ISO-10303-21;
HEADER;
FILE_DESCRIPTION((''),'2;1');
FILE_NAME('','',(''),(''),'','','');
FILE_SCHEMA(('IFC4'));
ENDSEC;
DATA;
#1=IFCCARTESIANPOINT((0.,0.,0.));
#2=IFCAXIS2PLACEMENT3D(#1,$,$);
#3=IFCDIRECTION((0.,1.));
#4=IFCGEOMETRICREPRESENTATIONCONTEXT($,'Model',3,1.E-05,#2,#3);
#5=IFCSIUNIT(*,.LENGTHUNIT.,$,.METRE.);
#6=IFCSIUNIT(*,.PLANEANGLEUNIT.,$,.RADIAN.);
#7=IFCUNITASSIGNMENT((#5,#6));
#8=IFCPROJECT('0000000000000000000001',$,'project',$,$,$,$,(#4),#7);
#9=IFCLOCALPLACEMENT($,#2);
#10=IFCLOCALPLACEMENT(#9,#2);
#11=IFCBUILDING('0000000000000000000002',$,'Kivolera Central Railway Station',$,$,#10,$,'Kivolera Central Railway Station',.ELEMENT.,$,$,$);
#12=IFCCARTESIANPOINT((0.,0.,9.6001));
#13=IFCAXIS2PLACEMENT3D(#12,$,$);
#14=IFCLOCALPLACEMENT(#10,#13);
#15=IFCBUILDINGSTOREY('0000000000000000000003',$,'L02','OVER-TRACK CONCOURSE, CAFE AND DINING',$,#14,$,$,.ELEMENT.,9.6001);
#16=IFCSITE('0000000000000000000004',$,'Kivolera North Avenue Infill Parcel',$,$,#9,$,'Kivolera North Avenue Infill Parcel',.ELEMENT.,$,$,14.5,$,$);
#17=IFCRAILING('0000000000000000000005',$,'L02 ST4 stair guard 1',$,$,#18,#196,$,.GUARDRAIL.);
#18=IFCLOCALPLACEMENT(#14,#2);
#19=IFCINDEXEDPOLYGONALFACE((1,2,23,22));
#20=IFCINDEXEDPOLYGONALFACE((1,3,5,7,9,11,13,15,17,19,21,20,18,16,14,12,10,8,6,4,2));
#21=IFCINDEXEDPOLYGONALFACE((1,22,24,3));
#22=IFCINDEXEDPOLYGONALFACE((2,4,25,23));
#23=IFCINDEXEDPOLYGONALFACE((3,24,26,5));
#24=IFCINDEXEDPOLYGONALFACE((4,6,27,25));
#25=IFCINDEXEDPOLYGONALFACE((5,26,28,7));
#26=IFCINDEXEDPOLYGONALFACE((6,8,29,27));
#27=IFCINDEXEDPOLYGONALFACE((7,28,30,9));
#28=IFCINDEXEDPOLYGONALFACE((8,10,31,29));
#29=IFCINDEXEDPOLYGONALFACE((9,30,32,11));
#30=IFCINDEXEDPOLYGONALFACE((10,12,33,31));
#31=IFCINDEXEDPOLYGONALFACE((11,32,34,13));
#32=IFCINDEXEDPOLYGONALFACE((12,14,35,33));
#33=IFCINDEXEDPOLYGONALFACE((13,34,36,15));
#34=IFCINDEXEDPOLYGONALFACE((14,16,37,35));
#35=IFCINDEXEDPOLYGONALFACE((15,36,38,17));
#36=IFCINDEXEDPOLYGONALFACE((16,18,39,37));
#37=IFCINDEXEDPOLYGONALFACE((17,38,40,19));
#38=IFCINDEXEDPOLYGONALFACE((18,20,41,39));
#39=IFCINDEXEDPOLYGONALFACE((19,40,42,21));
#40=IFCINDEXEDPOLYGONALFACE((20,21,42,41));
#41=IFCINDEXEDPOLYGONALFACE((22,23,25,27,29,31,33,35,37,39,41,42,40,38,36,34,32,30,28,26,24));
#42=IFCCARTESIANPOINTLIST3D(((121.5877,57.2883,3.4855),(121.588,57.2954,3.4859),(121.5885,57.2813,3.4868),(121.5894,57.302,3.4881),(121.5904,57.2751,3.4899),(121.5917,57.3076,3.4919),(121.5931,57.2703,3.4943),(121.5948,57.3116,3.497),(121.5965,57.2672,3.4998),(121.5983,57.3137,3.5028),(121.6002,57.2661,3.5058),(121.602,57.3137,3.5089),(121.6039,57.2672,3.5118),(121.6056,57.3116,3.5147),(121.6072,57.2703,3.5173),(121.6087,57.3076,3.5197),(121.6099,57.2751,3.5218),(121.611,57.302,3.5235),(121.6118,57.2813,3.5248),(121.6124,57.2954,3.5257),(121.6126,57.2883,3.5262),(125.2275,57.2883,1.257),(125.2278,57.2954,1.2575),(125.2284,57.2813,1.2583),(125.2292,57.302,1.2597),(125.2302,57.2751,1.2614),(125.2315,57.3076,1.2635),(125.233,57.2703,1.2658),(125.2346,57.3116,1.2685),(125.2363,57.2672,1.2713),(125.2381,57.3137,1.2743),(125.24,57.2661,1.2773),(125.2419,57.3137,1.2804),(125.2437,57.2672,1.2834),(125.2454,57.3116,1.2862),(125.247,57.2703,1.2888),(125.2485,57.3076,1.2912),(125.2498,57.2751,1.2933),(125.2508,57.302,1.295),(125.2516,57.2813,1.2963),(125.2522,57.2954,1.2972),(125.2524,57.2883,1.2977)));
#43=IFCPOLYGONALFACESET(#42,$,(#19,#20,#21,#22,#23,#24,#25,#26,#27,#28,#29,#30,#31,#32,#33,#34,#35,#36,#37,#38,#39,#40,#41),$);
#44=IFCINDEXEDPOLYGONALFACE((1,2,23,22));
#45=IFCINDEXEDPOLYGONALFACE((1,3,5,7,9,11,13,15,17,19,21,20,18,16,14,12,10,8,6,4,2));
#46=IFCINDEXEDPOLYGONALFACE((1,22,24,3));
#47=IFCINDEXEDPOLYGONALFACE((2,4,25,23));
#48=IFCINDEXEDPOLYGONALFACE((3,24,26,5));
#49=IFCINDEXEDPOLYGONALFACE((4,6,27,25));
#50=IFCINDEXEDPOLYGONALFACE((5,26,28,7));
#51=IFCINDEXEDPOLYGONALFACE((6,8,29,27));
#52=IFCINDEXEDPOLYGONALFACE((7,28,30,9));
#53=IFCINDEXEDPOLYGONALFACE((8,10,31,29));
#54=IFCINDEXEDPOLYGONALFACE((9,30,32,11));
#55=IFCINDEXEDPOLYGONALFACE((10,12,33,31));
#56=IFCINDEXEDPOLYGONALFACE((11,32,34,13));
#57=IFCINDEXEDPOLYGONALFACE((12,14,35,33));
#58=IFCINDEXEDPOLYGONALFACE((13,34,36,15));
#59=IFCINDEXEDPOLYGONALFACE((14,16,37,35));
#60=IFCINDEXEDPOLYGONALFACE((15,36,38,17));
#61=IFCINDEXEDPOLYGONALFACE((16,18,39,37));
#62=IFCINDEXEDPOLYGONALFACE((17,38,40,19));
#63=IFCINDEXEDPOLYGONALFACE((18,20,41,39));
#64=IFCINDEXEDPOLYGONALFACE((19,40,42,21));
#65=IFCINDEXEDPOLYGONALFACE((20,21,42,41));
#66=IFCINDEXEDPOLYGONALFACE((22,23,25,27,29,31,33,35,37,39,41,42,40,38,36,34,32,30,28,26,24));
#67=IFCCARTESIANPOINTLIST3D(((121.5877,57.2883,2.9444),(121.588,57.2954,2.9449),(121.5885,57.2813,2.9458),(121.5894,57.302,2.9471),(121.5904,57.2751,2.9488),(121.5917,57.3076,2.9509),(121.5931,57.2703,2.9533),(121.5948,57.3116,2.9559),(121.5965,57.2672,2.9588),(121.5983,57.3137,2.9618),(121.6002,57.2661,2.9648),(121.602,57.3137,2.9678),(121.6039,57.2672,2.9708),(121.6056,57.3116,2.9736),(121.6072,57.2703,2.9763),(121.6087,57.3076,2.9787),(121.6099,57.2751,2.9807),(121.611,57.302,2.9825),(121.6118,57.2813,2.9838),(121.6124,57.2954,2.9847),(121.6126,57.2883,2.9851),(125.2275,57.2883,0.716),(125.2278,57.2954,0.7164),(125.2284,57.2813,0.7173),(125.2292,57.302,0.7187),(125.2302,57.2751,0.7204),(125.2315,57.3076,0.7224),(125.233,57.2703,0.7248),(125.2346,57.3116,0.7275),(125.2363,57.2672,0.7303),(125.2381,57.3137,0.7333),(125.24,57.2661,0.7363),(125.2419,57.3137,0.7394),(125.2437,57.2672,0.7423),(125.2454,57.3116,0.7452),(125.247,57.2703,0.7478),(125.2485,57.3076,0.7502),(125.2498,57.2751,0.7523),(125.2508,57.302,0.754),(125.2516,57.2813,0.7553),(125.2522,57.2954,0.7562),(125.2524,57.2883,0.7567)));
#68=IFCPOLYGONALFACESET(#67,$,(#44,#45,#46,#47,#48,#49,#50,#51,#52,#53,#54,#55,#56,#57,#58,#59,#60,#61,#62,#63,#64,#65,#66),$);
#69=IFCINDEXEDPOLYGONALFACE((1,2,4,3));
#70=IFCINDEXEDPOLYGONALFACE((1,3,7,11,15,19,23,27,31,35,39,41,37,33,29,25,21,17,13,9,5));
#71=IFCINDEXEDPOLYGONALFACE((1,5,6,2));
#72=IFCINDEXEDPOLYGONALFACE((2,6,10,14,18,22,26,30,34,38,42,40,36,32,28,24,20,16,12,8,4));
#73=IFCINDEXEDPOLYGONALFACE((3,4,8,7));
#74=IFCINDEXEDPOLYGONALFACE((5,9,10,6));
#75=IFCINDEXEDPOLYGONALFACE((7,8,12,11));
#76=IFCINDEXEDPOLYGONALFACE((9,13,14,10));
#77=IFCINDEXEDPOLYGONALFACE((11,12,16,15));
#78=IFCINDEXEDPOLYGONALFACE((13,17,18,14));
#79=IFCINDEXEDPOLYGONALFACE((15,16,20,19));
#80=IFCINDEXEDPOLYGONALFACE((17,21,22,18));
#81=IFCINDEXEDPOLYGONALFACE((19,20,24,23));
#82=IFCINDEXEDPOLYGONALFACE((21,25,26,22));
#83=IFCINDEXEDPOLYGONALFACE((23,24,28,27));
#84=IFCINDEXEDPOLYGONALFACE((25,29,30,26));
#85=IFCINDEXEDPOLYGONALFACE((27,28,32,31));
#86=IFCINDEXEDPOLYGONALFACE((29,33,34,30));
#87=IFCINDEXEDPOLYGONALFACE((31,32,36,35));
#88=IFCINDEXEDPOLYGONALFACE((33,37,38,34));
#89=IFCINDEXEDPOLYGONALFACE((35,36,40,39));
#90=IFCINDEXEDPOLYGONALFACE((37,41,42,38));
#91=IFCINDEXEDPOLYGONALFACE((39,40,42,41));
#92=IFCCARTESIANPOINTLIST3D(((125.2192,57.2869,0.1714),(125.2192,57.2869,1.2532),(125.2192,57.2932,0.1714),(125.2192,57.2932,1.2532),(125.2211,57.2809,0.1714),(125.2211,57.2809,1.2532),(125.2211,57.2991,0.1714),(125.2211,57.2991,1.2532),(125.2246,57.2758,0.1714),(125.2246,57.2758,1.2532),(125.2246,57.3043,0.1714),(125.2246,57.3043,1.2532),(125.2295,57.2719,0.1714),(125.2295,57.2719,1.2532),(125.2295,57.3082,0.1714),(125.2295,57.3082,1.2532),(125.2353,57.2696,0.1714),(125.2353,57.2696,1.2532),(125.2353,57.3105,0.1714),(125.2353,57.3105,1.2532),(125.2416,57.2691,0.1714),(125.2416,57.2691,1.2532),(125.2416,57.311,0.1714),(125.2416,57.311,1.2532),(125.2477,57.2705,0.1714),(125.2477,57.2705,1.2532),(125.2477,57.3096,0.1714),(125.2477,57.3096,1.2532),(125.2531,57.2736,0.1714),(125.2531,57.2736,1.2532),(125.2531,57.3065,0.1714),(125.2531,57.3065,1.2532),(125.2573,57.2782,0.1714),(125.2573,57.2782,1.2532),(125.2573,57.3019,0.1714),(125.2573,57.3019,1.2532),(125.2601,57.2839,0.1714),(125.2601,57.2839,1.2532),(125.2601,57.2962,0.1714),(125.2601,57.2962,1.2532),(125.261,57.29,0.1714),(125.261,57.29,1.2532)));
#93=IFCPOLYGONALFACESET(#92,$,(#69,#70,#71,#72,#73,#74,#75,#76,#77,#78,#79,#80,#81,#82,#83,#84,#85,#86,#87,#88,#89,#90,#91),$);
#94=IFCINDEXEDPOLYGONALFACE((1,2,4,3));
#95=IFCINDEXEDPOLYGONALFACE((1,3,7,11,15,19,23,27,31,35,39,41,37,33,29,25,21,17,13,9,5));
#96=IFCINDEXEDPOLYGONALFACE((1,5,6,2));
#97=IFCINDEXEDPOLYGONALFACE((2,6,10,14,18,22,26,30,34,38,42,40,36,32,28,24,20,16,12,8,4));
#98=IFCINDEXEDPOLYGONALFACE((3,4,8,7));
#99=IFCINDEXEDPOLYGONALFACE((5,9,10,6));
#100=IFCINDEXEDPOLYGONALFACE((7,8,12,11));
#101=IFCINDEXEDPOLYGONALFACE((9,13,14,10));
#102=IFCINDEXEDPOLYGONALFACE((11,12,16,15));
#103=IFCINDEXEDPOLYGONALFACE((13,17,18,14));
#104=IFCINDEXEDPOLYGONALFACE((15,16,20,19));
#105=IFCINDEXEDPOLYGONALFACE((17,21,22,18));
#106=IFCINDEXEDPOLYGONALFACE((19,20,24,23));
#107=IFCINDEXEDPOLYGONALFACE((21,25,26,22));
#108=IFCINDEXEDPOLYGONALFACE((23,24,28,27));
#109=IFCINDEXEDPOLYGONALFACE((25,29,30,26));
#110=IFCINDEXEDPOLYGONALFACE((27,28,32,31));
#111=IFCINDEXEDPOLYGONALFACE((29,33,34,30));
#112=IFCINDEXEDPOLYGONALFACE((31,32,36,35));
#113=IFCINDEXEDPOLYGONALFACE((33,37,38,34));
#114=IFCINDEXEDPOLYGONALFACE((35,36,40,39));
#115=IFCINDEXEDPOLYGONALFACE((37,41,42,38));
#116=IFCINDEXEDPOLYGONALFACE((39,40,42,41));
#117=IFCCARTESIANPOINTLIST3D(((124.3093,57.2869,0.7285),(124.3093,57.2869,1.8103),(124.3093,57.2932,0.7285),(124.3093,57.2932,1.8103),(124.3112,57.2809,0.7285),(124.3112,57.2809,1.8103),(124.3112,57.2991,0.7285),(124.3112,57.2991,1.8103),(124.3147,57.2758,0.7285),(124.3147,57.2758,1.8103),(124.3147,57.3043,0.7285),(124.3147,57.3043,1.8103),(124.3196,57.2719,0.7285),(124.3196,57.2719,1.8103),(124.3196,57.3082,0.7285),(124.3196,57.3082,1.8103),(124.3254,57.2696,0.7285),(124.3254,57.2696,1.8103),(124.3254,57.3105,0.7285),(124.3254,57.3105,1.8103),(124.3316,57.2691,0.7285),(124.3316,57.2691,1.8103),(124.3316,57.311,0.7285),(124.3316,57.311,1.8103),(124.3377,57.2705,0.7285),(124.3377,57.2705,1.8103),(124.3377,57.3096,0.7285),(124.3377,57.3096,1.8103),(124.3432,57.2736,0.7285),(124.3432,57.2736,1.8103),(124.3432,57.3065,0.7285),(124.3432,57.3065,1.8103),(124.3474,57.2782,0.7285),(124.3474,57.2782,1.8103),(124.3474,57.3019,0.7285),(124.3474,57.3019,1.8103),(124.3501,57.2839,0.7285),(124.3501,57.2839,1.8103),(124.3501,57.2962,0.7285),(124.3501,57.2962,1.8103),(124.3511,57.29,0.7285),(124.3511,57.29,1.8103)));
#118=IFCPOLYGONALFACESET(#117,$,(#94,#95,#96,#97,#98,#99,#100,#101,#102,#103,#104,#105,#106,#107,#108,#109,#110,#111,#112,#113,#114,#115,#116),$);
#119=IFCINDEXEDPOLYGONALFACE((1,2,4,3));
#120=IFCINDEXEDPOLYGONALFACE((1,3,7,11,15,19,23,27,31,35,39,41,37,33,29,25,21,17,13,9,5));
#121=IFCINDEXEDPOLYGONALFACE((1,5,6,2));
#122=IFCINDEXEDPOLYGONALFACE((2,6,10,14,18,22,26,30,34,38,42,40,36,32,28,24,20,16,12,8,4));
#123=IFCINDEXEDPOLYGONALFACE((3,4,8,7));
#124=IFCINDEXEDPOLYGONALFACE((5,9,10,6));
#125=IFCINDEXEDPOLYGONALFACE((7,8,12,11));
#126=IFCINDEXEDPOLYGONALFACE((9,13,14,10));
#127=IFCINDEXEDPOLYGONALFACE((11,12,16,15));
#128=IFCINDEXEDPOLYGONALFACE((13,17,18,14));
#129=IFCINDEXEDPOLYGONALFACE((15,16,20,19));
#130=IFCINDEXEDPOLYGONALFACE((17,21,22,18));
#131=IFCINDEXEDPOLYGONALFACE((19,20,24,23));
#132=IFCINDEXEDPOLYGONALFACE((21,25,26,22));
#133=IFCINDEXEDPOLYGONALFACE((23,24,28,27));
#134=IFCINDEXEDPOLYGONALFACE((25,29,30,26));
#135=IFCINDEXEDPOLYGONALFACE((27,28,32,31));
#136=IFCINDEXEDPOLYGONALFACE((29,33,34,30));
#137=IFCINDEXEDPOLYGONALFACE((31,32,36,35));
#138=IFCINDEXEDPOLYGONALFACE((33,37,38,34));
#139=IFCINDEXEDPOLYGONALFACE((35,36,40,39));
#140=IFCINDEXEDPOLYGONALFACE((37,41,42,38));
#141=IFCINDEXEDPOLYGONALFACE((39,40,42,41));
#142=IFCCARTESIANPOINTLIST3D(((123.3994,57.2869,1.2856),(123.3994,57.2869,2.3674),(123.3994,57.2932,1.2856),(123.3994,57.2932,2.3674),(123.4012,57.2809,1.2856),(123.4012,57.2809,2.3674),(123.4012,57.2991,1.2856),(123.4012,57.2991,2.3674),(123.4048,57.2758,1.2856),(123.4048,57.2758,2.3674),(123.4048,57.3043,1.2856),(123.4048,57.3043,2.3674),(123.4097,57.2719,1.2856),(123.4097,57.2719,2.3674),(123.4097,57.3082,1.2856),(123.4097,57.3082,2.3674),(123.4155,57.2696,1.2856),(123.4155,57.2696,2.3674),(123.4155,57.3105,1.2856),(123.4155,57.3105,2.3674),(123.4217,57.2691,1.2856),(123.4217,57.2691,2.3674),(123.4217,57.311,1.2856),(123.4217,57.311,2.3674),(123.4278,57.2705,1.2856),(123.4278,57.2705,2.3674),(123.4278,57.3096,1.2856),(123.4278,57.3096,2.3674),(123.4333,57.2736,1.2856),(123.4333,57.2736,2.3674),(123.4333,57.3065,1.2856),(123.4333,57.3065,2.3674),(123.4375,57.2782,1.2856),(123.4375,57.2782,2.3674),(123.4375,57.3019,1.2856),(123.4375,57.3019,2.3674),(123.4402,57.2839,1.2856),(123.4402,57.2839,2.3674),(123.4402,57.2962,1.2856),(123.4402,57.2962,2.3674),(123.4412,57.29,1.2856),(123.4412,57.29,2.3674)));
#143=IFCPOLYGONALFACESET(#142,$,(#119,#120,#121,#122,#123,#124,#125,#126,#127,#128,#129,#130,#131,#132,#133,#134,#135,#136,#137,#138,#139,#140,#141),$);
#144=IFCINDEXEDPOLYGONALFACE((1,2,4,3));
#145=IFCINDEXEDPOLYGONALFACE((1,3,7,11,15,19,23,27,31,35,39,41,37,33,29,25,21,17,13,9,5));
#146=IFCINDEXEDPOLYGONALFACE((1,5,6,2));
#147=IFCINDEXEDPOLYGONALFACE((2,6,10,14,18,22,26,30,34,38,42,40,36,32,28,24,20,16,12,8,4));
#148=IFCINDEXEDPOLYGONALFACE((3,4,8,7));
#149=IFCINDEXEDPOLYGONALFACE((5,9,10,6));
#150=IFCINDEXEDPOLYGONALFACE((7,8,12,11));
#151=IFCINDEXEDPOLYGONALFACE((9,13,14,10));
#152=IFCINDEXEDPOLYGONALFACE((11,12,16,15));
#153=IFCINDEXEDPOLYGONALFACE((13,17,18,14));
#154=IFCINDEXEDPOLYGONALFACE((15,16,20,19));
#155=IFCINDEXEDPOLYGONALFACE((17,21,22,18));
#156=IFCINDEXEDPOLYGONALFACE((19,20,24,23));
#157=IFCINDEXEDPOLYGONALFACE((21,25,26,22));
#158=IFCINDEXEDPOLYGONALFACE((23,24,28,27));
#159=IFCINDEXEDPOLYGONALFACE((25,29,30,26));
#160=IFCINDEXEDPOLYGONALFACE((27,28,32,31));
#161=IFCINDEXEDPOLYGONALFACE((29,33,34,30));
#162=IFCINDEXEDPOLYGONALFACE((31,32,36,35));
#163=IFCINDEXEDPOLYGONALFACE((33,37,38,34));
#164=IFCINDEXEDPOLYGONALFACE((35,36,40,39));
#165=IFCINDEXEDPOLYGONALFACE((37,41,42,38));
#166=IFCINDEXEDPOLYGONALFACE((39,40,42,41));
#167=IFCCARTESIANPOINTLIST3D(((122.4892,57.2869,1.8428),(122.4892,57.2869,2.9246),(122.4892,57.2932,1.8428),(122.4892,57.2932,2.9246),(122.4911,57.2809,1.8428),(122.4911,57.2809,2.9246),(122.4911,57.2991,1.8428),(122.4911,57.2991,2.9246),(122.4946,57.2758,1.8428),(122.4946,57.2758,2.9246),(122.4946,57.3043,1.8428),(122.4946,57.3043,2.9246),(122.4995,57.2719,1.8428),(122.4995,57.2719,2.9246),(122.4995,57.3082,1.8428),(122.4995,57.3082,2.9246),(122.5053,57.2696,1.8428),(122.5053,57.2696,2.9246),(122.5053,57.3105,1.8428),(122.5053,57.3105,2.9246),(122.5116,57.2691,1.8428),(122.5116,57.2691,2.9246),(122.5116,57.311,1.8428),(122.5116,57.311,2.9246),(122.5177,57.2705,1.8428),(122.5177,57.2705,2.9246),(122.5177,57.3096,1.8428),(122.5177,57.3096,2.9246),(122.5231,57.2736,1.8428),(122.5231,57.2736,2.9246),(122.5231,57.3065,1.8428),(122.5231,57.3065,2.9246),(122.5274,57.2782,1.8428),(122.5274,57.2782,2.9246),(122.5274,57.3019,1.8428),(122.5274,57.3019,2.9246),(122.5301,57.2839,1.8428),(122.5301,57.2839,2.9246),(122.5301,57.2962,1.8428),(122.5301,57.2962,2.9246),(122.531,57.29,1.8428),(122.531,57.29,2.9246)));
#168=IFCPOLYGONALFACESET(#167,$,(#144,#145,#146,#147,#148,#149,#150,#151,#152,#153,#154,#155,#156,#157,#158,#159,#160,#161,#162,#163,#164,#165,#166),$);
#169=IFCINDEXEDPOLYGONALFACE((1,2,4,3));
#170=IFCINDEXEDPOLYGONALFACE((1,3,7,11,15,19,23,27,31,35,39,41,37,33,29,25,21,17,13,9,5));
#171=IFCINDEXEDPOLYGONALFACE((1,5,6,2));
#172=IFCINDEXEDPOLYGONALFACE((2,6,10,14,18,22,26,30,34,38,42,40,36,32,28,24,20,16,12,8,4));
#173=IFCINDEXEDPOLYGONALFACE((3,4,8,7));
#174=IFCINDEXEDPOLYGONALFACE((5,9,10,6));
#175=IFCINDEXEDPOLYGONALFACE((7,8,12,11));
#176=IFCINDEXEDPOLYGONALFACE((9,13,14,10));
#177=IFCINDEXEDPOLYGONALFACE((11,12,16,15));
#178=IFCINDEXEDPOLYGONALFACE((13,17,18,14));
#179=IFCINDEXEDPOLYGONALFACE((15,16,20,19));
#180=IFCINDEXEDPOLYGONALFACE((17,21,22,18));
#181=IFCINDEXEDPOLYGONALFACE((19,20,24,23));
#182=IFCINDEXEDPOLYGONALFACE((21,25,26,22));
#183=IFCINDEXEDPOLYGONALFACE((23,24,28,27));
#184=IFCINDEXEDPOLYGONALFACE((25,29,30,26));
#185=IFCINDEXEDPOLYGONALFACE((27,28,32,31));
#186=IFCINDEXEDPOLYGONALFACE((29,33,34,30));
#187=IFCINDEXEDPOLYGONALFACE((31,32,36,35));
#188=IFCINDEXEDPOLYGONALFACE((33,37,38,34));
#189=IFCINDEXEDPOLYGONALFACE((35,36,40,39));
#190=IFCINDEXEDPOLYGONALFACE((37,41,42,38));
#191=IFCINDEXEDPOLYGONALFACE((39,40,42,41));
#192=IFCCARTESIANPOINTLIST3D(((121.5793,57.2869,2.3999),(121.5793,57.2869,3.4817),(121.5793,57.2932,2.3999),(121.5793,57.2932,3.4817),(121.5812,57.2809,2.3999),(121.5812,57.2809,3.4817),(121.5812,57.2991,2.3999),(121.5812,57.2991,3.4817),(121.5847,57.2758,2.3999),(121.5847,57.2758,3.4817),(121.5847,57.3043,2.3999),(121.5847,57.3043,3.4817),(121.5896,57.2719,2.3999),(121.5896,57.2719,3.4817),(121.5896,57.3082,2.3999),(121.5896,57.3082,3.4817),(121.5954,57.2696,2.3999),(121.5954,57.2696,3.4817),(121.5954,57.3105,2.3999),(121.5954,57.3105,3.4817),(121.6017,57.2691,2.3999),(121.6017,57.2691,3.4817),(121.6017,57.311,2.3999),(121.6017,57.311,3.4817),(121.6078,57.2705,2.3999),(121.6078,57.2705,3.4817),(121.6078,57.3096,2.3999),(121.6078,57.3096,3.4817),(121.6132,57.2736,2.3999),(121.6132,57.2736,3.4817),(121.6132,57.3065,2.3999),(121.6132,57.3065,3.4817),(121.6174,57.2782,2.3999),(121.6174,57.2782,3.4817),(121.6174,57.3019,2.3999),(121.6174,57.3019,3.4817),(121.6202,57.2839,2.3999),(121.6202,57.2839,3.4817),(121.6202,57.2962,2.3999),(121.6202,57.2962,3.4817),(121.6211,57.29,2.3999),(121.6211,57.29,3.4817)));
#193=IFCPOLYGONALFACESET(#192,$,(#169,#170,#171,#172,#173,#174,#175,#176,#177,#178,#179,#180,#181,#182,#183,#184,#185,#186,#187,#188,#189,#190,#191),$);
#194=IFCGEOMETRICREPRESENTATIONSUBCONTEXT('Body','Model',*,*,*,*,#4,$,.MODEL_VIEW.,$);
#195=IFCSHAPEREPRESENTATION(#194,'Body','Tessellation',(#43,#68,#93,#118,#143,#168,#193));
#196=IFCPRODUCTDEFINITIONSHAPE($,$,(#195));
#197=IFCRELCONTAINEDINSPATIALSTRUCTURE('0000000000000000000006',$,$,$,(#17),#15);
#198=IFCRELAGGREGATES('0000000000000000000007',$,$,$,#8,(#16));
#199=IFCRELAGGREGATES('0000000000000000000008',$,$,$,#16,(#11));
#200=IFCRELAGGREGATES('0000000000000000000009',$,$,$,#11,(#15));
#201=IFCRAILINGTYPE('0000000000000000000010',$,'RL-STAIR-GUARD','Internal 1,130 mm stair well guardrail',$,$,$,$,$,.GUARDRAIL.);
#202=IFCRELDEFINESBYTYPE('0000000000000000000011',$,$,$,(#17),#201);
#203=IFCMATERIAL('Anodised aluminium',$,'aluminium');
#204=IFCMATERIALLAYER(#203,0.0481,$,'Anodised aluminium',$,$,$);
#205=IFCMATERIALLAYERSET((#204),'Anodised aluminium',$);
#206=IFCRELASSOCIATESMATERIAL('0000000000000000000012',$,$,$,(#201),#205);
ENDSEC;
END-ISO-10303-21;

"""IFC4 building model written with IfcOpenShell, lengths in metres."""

from ifc_helpers import new_model, si_unit, direction, frame, origin, origin_2d, place, context, subcontext, project, spatial, circle, extrude, material, layer, layer_set, type_object, element, save


model = new_model("IFC4")

# Units and contexts
model_context = context("Model", 3, precision=1e-05, world=origin(), true_north=direction((0.0, 1.0)))
body_context = subcontext(model_context, "Body", "Model", "MODEL_VIEW")
ifc_project = project(units=[si_unit("LENGTHUNIT", "METRE"), si_unit("PLANEANGLEUNIT", "RADIAN")], contexts=[model_context])

# Site, building, storey
site_placement = place(None, origin())
site = spatial("IfcSite", under=ifc_project, at=site_placement, Name="Kivolera North Avenue Infill Parcel", LongName="Kivolera North Avenue Infill Parcel", CompositionType="ELEMENT", RefElevation=14.5)
building_placement = place(site_placement, origin())
building = spatial("IfcBuilding", under=site, at=building_placement, Name="Kivolera Central Railway Station", LongName="Kivolera Central Railway Station", CompositionType="ELEMENT")
storey_placement = place(building_placement, frame((0.0, 0.0, 9.6001)))
storey = spatial("IfcBuildingStorey", under=building, at=storey_placement, Name="L02", Description="OVER-TRACK CONCOURSE, CAFE AND DINING", CompositionType="ELEMENT", Elevation=9.6001)

# Shared definitions
ifc_material_1 = material(Name="Anodised aluminium", Category="aluminium")

# Railing
ifc_layer_1 = layer(ifc_material_1, 0.0481, Name="Anodised aluminium")
ifc_layer_set_1 = layer_set([ifc_layer_1], Name="Anodised aluminium")
railing_type_1 = type_object("IfcRailingType", Name="RL-STAIR-GUARD", Description="Internal 1,130 mm stair well guardrail", PredefinedType="GUARDRAIL", material=ifc_layer_set_1)
railing_1_placement = place(storey_placement, frame((125.24, 57.29, 0.1714)))
element("IfcRailing", 1, at=railing_1_placement, inside=storey, type_object=railing_type_1, Name="L02 ST4 stair guard 1", PredefinedType="GUARDRAIL", context=body_context, shape_type="SweptSolid", body=[
    extrude(circle(Radius=0.0239, at=origin_2d()), frame((0.0, 0.0, 1.106), z_axis=(-0.85285, 0.0, 0.522156), x_axis=(0.0, -1.0, 0.0)), (0.0, 0.0, 1.0), 4.2678),
    extrude(circle(Radius=0.0239, at=origin_2d()), frame((0.0, 0.0, 0.5649), z_axis=(-0.85285, 0.0, 0.522156), x_axis=(0.0, -1.0, 0.0)), (0.0, 0.0, 1.0), 4.2678),
    extrude(circle(Radius=0.021, at=origin_2d()), origin(), (0.0, 0.0, 1.0), 1.0818),
    extrude(circle(Radius=0.021, at=origin_2d()), frame((-0.9099, 0.0, 0.5571)), (0.0, 0.0, 1.0), 1.0818),
    extrude(circle(Radius=0.021, at=origin_2d()), frame((-1.8198, 0.0, 1.1143)), (0.0, 0.0, 1.0), 1.0818),
    extrude(circle(Radius=0.021, at=origin_2d()), frame((-2.73, 0.0, 1.6714)), (0.0, 0.0, 1.0), 1.0818),
    extrude(circle(Radius=0.021, at=origin_2d()), frame((-3.6399, 0.0, 2.2285)), (0.0, 0.0, 1.0), 1.0818),
])

save(model, "model.ifc")
